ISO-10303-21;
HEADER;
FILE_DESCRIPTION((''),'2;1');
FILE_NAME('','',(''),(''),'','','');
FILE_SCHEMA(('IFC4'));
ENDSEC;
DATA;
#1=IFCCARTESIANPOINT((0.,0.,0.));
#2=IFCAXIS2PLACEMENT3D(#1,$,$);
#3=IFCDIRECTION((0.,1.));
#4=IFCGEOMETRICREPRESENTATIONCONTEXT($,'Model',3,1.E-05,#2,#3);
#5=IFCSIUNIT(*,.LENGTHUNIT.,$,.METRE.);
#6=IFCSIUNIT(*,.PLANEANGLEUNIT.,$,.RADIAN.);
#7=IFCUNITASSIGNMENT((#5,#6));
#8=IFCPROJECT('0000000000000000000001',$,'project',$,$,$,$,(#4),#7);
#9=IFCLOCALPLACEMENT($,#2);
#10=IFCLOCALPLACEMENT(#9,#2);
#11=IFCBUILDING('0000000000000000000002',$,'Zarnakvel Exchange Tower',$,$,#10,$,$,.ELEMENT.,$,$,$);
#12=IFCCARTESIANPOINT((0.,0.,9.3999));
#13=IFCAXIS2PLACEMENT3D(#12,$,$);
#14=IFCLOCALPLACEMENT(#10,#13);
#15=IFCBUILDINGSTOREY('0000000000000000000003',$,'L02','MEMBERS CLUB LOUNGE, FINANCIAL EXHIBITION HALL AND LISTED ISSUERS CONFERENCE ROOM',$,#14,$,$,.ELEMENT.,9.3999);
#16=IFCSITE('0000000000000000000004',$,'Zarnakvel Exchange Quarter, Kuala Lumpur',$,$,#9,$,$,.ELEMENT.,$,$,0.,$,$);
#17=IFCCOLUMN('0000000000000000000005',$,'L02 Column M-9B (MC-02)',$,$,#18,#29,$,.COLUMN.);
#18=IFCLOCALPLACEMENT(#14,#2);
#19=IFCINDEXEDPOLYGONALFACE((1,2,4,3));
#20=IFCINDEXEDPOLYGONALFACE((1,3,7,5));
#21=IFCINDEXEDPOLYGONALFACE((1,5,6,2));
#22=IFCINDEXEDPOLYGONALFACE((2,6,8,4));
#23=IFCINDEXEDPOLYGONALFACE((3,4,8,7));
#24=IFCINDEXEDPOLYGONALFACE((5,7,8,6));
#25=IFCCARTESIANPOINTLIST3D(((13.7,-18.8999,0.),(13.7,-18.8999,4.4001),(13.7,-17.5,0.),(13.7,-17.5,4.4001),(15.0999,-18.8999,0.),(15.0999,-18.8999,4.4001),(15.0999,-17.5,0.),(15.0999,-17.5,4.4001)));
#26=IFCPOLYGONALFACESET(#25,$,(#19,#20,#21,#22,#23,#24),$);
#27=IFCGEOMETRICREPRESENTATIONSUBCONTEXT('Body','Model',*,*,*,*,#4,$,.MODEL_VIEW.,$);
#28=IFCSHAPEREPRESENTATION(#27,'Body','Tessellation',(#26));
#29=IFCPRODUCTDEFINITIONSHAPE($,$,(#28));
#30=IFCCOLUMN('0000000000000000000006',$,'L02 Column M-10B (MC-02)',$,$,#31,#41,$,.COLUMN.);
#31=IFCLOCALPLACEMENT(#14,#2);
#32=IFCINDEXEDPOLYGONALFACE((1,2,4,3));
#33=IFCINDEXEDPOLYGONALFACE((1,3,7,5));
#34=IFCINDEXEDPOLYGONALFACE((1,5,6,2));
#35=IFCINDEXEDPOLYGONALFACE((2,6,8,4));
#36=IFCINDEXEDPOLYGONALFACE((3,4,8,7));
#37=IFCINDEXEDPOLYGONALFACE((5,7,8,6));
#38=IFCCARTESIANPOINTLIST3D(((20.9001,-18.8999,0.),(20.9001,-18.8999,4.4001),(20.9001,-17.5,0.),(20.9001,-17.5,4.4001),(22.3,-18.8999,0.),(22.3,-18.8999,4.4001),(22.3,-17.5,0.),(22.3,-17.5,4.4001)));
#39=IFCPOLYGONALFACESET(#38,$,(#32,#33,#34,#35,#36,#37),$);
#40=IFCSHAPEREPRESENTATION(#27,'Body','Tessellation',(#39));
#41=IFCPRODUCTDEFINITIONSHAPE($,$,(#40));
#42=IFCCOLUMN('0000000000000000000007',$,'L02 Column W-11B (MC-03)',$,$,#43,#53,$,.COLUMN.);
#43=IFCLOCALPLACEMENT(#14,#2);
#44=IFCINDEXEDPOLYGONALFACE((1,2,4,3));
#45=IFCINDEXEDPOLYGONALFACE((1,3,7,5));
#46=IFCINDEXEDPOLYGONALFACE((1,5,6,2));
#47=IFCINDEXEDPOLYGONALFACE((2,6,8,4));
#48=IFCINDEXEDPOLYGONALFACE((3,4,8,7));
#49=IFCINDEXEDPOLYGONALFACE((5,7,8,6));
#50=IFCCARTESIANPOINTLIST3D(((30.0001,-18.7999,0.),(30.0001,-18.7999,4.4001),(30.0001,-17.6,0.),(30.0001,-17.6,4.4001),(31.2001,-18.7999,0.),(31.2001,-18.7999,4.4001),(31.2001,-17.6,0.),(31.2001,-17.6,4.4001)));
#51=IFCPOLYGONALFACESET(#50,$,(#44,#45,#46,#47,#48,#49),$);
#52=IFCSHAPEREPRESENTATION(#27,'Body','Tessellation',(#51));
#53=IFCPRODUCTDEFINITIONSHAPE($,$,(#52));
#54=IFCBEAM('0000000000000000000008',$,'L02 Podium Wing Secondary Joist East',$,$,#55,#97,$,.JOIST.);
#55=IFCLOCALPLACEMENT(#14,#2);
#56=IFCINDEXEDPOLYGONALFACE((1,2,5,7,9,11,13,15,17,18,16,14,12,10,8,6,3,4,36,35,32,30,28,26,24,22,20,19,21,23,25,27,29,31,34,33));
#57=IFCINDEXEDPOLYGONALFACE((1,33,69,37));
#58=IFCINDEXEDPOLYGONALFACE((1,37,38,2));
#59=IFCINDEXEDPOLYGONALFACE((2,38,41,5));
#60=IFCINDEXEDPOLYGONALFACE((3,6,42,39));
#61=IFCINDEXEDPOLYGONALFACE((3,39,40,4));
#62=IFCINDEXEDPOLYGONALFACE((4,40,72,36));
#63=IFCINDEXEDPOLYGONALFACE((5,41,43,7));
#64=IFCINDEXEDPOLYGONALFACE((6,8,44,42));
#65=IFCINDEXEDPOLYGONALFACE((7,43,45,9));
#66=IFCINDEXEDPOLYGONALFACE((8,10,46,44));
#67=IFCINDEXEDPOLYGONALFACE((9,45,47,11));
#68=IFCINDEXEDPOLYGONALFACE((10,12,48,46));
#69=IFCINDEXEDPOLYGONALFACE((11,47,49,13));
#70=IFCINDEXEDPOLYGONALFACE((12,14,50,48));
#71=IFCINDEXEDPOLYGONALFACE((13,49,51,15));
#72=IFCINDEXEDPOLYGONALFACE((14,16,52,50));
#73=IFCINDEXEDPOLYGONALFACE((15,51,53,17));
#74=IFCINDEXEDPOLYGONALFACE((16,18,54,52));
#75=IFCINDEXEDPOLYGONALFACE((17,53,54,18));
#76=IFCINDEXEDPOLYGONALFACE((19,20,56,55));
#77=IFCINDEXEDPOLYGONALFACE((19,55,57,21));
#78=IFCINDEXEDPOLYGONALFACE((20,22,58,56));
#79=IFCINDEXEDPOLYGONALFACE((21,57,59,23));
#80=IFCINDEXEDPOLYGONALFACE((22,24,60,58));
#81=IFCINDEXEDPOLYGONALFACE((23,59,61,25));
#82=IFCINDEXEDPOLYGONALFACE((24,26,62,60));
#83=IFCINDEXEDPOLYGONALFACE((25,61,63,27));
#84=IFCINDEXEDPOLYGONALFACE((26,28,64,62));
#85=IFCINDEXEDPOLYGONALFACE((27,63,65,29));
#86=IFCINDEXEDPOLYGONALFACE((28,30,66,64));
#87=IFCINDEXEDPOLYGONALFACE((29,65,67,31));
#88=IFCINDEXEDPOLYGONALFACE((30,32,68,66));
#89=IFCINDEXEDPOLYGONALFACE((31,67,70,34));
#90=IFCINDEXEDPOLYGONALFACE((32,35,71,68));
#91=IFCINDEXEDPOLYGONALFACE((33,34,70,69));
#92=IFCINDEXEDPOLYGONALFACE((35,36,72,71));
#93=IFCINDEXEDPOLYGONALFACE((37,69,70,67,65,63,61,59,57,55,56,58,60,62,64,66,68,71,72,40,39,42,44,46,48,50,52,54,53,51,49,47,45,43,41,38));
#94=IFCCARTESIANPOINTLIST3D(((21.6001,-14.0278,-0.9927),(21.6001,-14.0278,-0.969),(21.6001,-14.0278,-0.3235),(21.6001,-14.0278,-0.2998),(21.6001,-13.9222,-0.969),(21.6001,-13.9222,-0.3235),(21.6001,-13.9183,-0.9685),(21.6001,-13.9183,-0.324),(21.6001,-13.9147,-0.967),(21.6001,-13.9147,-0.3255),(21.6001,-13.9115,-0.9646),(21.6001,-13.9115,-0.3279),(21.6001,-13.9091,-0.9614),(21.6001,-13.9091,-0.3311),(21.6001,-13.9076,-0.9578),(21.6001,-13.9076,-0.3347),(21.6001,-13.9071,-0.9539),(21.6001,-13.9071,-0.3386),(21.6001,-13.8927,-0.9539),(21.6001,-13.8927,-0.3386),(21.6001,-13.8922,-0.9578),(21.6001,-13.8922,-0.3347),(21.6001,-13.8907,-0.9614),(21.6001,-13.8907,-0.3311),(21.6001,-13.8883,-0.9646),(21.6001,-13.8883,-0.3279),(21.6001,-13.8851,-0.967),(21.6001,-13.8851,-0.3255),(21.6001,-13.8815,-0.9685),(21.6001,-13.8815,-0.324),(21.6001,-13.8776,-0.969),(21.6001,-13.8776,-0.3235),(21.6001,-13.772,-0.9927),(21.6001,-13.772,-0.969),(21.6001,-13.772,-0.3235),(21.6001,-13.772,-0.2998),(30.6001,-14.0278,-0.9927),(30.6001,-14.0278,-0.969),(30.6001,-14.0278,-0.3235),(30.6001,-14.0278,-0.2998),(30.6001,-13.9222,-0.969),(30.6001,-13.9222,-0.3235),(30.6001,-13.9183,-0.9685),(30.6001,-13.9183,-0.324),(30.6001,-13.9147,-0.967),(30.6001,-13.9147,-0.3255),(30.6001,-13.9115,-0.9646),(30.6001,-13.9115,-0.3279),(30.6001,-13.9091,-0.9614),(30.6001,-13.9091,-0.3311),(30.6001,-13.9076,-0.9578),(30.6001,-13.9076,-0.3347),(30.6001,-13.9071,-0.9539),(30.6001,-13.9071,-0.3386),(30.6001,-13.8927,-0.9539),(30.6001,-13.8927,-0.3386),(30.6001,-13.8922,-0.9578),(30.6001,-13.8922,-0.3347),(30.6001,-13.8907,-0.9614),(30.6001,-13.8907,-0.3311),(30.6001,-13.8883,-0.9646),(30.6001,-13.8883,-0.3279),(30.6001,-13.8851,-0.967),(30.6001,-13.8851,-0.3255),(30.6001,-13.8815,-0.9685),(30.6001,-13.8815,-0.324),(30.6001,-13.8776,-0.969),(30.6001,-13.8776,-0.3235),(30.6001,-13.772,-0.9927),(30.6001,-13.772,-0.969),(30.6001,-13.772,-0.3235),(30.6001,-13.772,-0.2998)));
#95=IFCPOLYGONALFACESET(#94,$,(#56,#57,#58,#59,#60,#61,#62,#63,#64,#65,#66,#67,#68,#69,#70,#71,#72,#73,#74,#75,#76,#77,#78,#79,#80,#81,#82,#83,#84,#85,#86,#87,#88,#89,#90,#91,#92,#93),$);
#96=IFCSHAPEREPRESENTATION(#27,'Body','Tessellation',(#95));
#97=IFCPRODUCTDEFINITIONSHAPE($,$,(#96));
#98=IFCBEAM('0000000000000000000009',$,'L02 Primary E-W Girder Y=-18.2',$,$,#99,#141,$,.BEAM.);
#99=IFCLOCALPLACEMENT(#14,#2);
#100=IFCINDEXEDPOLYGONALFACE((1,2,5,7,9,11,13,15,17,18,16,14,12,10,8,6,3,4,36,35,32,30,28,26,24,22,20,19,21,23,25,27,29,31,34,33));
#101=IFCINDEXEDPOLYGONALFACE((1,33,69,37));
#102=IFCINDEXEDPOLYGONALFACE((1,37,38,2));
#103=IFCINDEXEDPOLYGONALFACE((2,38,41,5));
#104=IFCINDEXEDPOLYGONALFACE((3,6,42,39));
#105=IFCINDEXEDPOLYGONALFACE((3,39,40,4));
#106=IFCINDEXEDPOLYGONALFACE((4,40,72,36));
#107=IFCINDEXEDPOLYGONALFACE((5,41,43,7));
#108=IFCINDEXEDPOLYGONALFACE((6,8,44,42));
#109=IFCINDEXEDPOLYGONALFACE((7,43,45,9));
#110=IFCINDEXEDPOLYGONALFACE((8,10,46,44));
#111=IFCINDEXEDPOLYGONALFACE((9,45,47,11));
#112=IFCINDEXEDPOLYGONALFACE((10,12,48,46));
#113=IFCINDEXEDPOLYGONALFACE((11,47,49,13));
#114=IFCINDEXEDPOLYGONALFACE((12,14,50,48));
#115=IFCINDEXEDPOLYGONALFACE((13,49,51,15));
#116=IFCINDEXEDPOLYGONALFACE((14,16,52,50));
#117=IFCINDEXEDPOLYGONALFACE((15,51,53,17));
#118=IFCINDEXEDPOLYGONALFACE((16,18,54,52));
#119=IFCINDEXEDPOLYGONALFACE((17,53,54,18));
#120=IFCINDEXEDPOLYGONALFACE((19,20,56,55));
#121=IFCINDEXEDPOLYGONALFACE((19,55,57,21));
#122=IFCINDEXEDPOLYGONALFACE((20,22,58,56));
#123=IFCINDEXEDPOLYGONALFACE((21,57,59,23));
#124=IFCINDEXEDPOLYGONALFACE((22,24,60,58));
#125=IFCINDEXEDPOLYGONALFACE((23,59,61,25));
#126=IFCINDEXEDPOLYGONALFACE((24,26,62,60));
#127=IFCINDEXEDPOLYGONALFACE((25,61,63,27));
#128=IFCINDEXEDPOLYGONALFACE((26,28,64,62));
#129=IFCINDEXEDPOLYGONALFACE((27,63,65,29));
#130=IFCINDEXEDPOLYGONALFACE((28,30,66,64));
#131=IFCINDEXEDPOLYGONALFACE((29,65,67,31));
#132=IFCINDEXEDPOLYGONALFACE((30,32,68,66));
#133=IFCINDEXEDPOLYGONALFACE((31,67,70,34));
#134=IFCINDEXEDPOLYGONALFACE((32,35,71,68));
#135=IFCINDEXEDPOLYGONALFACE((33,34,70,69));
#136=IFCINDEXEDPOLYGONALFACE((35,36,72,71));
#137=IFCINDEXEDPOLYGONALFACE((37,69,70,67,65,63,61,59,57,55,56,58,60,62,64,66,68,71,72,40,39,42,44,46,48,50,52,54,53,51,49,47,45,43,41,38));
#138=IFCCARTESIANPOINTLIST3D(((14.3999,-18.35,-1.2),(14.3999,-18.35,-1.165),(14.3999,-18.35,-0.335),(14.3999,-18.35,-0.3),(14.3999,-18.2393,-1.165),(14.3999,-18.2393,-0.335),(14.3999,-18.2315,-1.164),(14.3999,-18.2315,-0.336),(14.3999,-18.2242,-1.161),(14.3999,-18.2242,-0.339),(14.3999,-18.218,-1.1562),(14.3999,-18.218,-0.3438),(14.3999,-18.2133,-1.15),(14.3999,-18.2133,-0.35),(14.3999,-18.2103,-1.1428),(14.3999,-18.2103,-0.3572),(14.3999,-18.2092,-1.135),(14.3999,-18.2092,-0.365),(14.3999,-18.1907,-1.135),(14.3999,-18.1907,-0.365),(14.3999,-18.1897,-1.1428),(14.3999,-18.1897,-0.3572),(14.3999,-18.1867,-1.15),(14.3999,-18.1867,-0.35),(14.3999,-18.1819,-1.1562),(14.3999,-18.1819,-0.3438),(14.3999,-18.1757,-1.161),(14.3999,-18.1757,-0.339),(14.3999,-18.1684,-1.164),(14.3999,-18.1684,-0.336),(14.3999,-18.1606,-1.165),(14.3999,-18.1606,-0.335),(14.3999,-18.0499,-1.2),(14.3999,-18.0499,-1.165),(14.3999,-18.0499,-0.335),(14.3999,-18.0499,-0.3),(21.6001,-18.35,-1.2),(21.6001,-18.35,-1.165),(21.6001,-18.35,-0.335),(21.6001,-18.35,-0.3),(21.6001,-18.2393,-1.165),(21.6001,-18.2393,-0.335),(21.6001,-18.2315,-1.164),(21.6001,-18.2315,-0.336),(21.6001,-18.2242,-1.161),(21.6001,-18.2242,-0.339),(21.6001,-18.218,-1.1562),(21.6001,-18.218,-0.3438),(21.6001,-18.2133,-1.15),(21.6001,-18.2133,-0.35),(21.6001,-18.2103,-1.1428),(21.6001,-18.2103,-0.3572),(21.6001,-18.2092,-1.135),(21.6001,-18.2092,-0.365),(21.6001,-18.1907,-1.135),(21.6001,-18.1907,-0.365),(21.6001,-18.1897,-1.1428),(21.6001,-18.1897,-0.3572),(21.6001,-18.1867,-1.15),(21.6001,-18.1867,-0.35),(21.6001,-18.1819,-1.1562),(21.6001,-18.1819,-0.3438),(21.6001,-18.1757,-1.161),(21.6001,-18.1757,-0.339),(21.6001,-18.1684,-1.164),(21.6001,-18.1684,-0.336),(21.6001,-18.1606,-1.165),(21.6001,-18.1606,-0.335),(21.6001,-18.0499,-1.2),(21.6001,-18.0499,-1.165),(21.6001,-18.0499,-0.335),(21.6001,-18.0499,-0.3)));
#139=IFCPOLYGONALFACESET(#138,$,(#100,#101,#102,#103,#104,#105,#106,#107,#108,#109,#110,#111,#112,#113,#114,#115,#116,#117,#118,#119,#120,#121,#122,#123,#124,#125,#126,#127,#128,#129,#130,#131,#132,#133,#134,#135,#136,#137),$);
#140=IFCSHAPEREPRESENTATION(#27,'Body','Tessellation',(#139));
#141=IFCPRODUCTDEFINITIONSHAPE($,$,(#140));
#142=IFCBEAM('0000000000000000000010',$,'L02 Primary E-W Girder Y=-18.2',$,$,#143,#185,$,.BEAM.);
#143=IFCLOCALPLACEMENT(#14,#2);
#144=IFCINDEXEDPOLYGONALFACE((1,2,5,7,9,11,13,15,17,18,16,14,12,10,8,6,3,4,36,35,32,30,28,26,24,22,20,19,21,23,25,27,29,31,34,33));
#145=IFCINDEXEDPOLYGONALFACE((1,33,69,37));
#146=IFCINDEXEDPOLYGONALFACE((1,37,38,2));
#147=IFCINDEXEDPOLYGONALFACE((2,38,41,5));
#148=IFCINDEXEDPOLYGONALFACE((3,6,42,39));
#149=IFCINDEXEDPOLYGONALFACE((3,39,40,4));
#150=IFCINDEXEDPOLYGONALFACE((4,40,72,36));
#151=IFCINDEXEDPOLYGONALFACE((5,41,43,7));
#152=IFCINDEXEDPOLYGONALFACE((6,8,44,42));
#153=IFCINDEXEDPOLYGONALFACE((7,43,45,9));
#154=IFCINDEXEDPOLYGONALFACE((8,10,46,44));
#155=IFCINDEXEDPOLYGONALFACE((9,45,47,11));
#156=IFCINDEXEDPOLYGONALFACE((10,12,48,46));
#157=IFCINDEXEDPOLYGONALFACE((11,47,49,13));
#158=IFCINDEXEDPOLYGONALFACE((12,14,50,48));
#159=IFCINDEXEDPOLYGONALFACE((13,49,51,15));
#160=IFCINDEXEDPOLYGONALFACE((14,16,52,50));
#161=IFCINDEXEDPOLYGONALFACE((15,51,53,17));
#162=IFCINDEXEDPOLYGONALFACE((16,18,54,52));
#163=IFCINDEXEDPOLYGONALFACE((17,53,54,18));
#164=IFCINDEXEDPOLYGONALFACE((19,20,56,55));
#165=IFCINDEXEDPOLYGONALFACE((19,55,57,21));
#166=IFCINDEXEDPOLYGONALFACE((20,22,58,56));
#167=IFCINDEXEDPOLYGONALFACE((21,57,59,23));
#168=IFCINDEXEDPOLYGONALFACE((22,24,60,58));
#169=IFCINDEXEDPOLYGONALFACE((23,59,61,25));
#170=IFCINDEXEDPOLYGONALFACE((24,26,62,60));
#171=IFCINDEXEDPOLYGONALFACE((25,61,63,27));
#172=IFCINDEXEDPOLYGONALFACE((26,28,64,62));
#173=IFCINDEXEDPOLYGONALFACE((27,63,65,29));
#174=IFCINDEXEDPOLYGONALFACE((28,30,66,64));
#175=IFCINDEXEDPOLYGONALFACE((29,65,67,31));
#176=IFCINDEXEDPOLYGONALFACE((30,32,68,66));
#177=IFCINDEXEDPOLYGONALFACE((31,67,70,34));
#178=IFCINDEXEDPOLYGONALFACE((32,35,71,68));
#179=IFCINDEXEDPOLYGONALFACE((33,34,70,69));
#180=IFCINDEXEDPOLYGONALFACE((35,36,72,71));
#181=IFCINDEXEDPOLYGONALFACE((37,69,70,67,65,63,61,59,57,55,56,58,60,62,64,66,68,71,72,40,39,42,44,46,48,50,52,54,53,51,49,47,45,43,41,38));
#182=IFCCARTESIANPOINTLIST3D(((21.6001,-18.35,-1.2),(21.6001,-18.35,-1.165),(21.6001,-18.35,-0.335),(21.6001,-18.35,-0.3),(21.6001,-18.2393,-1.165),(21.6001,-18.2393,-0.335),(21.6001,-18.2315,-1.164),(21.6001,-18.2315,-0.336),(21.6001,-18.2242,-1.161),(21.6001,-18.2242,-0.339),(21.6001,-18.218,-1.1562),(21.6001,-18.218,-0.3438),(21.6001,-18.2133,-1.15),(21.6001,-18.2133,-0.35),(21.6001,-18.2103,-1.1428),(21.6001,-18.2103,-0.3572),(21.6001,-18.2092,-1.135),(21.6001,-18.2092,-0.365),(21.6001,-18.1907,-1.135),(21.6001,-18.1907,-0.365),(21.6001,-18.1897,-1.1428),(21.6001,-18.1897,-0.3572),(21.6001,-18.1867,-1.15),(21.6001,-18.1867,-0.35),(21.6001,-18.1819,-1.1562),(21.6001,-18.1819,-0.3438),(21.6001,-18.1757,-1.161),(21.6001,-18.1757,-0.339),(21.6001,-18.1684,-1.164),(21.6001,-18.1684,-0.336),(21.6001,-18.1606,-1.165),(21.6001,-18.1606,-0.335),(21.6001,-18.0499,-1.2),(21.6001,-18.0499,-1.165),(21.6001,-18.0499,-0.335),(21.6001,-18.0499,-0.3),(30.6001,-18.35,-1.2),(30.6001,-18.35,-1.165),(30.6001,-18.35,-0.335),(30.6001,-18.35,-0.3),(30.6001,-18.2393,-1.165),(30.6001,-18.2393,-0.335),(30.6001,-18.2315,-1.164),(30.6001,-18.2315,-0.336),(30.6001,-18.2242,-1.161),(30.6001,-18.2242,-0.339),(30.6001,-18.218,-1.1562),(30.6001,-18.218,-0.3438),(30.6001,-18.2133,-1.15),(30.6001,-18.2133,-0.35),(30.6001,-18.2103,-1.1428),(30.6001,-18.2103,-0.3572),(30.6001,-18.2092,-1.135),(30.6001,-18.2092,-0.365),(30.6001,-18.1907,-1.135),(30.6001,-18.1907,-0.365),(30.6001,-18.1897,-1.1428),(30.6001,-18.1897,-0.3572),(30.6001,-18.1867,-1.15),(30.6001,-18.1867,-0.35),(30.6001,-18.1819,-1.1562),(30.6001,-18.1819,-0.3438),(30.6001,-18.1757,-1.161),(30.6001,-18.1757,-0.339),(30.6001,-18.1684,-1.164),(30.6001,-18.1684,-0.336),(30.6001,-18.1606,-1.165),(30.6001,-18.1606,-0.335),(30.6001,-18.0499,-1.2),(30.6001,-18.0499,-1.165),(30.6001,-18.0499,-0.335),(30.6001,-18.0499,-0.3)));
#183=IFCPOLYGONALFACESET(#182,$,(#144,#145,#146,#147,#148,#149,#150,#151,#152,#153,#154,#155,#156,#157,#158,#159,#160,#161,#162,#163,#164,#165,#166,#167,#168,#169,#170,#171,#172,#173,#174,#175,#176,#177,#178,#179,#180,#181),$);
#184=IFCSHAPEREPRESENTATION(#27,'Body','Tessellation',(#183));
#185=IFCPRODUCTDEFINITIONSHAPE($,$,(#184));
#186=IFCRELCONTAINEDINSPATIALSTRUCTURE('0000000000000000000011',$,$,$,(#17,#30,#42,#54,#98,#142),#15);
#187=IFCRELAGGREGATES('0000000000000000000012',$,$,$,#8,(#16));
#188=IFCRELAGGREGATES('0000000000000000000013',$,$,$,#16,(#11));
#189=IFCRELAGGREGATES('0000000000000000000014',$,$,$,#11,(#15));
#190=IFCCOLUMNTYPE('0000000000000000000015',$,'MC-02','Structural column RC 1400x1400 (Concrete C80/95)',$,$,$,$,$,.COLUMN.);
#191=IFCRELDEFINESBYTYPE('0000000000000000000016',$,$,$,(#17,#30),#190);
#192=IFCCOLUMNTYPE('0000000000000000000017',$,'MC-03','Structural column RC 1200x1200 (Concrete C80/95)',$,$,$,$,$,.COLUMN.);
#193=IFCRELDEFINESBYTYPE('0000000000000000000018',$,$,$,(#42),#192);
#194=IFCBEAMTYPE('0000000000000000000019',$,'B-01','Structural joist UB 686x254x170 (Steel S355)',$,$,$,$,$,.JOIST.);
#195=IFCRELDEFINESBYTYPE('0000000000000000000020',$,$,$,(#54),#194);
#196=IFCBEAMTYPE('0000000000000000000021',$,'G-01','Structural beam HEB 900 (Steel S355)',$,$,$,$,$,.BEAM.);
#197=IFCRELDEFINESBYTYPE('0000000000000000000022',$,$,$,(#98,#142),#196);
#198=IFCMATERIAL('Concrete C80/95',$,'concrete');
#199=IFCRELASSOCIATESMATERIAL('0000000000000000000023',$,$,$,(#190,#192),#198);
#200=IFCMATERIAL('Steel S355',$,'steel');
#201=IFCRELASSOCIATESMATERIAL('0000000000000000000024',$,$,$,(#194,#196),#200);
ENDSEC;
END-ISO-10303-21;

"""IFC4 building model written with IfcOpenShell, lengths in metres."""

from ifc_helpers import new_model, si_unit, direction, frame, origin, origin_2d, place, context, subcontext, project, spatial, rectangle, i_section, extrude, material, material_profile, profile_set, type_object, element, save


model = new_model("IFC4")

# Units and contexts
model_context = context("Model", 3, precision=1e-05, world=origin(), true_north=direction((0.0, 1.0)))
body_context = subcontext(model_context, "Body", "Model", "MODEL_VIEW")
ifc_project = project(units=[si_unit("LENGTHUNIT", "METRE"), si_unit("PLANEANGLEUNIT", "RADIAN")], contexts=[model_context])

# Site, building, storey
site_placement = place(None, origin())
site = spatial("IfcSite", under=ifc_project, at=site_placement, Name="Zarnakvel Exchange Quarter, Kuala Lumpur", CompositionType="ELEMENT", RefElevation=0.0)
building_placement = place(site_placement, origin())
building = spatial("IfcBuilding", under=site, at=building_placement, Name="Zarnakvel Exchange Tower", CompositionType="ELEMENT")
storey_placement = place(building_placement, frame((0.0, 0.0, 9.3999)))
storey = spatial("IfcBuildingStorey", under=building, at=storey_placement, Name="L02", Description="MEMBERS CLUB LOUNGE, FINANCIAL EXHIBITION HALL AND LISTED ISSUERS CONFERENCE ROOM", CompositionType="ELEMENT", Elevation=9.3999)

# Columns
ifc_material_1 = material(Name="Concrete C80/95", Category="concrete")
ifc_material_profile_1 = material_profile(ifc_material_1, rectangle(XDim=1.3999, YDim=1.3999, at=origin_2d()))
ifc_profile_set_1 = profile_set([ifc_material_profile_1], Name="Concrete C80/95")
column_type_1 = type_object("IfcColumnType", Name="MC-02", Description="Structural column RC 1400x1400 (Concrete C80/95)", PredefinedType="COLUMN", material=ifc_profile_set_1)
for number, where, z_axis, x_axis, name in (
    (1, (14.3999, -18.2, 0.0), (0.0, 0.0, 1.0), (1.0, 0.0, 0.0), "L02 Column M-9B (MC-02)"),
    (2, (21.6001, -18.2, 0.0), (0.0, 0.0, 1.0), (1.0, 0.0, 0.0), "L02 Column M-10B (MC-02)"),
):
    element("IfcColumn", number, at=place(storey_placement, frame(where, z_axis=z_axis, x_axis=x_axis)), inside=storey, type_object=column_type_1, Name=name, PredefinedType="COLUMN", context=body_context, shape_type="SweptSolid", body=[
        extrude(rectangle(XDim=1.3999, YDim=1.3999, at=origin_2d()), origin(), (0.0, 0.0, 1.0), 4.4001),
    ])
ifc_material_profile_2 = material_profile(ifc_material_1, rectangle(XDim=1.2, YDim=1.2, at=origin_2d()))
ifc_profile_set_2 = profile_set([ifc_material_profile_2], Name="Concrete C80/95")
column_type_2 = type_object("IfcColumnType", Name="MC-03", Description="Structural column RC 1200x1200 (Concrete C80/95)", PredefinedType="COLUMN", material=ifc_profile_set_2)
column_placement = place(storey_placement, frame((30.6001, -18.2, 0.0), z_axis=(0.0, 0.0, 1.0), x_axis=(1.0, 0.0, 0.0)))
element("IfcColumn", 3, at=column_placement, inside=storey, type_object=column_type_2, Name="L02 Column W-11B (MC-03)", PredefinedType="COLUMN", context=body_context, shape_type="SweptSolid", body=[
    extrude(rectangle(XDim=1.2, YDim=1.2, at=origin_2d()), origin(), (0.0, 0.0, 1.0), 4.4001),
])

# Beams
ifc_material_2 = material(Name="Steel S355", Category="steel")
ifc_material_profile_3 = material_profile(ifc_material_2, i_section(OverallWidth=0.2559, OverallDepth=0.6929, WebThickness=0.0144, FlangeThickness=0.0237, FilletRadius=0.0151, at=origin_2d()))
ifc_profile_set_3 = profile_set([ifc_material_profile_3], Name="Steel S355")
beam_type_1 = type_object("IfcBeamType", Name="B-01", Description="Structural joist UB 686x254x170 (Steel S355)", PredefinedType="JOIST", material=ifc_profile_set_3)
beam_1_placement = place(storey_placement, frame((21.6001, -13.8999, -0.6462), z_axis=(1.0, 0.0, 0.0), x_axis=(0.0, 1.0, 0.0)))
element("IfcBeam", 4, at=beam_1_placement, inside=storey, type_object=beam_type_1, Name="L02 Podium Wing Secondary Joist East", PredefinedType="JOIST", context=body_context, shape_type="SweptSolid", body=[
    extrude(i_section(OverallWidth=0.2559, OverallDepth=0.6929, WebThickness=0.0144, FlangeThickness=0.0237, FilletRadius=0.0151, at=origin_2d()), origin(), (0.0, 0.0, 1.0), 9.0),
])
ifc_material_profile_4 = material_profile(ifc_material_2, i_section(OverallWidth=0.3, OverallDepth=0.8999, WebThickness=0.0186, FlangeThickness=0.0349, FilletRadius=0.03, at=origin_2d()))
ifc_profile_set_4 = profile_set([ifc_material_profile_4], Name="Steel S355")
beam_type_2 = type_object("IfcBeamType", Name="G-01", Description="Structural beam HEB 900 (Steel S355)", PredefinedType="BEAM", material=ifc_profile_set_4)
beam_2_placement = place(storey_placement, frame((14.3999, -18.2, -0.75), z_axis=(1.0, 0.0, 0.0), x_axis=(0.0, 1.0, 0.0)))
element("IfcBeam", 5, at=beam_2_placement, inside=storey, type_object=beam_type_2, Name="L02 Primary E-W Girder Y=-18.2", PredefinedType="BEAM", context=body_context, shape_type="SweptSolid", body=[
    extrude(i_section(OverallWidth=0.3, OverallDepth=0.8999, WebThickness=0.0186, FlangeThickness=0.0349, FilletRadius=0.03, at=origin_2d()), origin(), (0.0, 0.0, 1.0), 7.2002),
])
beam_3_placement = place(storey_placement, frame((21.6001, -18.2, -0.75), z_axis=(1.0, 0.0, 0.0), x_axis=(0.0, 1.0, 0.0)))
element("IfcBeam", 6, at=beam_3_placement, inside=storey, type_object=beam_type_2, Name="L02 Primary E-W Girder Y=-18.2", PredefinedType="BEAM", context=body_context, shape_type="SweptSolid", body=[
    extrude(i_section(OverallWidth=0.3, OverallDepth=0.8999, WebThickness=0.0186, FlangeThickness=0.0349, FilletRadius=0.03, at=origin_2d()), origin(), (0.0, 0.0, 1.0), 9.0),
])

save(model, "model.ifc")
